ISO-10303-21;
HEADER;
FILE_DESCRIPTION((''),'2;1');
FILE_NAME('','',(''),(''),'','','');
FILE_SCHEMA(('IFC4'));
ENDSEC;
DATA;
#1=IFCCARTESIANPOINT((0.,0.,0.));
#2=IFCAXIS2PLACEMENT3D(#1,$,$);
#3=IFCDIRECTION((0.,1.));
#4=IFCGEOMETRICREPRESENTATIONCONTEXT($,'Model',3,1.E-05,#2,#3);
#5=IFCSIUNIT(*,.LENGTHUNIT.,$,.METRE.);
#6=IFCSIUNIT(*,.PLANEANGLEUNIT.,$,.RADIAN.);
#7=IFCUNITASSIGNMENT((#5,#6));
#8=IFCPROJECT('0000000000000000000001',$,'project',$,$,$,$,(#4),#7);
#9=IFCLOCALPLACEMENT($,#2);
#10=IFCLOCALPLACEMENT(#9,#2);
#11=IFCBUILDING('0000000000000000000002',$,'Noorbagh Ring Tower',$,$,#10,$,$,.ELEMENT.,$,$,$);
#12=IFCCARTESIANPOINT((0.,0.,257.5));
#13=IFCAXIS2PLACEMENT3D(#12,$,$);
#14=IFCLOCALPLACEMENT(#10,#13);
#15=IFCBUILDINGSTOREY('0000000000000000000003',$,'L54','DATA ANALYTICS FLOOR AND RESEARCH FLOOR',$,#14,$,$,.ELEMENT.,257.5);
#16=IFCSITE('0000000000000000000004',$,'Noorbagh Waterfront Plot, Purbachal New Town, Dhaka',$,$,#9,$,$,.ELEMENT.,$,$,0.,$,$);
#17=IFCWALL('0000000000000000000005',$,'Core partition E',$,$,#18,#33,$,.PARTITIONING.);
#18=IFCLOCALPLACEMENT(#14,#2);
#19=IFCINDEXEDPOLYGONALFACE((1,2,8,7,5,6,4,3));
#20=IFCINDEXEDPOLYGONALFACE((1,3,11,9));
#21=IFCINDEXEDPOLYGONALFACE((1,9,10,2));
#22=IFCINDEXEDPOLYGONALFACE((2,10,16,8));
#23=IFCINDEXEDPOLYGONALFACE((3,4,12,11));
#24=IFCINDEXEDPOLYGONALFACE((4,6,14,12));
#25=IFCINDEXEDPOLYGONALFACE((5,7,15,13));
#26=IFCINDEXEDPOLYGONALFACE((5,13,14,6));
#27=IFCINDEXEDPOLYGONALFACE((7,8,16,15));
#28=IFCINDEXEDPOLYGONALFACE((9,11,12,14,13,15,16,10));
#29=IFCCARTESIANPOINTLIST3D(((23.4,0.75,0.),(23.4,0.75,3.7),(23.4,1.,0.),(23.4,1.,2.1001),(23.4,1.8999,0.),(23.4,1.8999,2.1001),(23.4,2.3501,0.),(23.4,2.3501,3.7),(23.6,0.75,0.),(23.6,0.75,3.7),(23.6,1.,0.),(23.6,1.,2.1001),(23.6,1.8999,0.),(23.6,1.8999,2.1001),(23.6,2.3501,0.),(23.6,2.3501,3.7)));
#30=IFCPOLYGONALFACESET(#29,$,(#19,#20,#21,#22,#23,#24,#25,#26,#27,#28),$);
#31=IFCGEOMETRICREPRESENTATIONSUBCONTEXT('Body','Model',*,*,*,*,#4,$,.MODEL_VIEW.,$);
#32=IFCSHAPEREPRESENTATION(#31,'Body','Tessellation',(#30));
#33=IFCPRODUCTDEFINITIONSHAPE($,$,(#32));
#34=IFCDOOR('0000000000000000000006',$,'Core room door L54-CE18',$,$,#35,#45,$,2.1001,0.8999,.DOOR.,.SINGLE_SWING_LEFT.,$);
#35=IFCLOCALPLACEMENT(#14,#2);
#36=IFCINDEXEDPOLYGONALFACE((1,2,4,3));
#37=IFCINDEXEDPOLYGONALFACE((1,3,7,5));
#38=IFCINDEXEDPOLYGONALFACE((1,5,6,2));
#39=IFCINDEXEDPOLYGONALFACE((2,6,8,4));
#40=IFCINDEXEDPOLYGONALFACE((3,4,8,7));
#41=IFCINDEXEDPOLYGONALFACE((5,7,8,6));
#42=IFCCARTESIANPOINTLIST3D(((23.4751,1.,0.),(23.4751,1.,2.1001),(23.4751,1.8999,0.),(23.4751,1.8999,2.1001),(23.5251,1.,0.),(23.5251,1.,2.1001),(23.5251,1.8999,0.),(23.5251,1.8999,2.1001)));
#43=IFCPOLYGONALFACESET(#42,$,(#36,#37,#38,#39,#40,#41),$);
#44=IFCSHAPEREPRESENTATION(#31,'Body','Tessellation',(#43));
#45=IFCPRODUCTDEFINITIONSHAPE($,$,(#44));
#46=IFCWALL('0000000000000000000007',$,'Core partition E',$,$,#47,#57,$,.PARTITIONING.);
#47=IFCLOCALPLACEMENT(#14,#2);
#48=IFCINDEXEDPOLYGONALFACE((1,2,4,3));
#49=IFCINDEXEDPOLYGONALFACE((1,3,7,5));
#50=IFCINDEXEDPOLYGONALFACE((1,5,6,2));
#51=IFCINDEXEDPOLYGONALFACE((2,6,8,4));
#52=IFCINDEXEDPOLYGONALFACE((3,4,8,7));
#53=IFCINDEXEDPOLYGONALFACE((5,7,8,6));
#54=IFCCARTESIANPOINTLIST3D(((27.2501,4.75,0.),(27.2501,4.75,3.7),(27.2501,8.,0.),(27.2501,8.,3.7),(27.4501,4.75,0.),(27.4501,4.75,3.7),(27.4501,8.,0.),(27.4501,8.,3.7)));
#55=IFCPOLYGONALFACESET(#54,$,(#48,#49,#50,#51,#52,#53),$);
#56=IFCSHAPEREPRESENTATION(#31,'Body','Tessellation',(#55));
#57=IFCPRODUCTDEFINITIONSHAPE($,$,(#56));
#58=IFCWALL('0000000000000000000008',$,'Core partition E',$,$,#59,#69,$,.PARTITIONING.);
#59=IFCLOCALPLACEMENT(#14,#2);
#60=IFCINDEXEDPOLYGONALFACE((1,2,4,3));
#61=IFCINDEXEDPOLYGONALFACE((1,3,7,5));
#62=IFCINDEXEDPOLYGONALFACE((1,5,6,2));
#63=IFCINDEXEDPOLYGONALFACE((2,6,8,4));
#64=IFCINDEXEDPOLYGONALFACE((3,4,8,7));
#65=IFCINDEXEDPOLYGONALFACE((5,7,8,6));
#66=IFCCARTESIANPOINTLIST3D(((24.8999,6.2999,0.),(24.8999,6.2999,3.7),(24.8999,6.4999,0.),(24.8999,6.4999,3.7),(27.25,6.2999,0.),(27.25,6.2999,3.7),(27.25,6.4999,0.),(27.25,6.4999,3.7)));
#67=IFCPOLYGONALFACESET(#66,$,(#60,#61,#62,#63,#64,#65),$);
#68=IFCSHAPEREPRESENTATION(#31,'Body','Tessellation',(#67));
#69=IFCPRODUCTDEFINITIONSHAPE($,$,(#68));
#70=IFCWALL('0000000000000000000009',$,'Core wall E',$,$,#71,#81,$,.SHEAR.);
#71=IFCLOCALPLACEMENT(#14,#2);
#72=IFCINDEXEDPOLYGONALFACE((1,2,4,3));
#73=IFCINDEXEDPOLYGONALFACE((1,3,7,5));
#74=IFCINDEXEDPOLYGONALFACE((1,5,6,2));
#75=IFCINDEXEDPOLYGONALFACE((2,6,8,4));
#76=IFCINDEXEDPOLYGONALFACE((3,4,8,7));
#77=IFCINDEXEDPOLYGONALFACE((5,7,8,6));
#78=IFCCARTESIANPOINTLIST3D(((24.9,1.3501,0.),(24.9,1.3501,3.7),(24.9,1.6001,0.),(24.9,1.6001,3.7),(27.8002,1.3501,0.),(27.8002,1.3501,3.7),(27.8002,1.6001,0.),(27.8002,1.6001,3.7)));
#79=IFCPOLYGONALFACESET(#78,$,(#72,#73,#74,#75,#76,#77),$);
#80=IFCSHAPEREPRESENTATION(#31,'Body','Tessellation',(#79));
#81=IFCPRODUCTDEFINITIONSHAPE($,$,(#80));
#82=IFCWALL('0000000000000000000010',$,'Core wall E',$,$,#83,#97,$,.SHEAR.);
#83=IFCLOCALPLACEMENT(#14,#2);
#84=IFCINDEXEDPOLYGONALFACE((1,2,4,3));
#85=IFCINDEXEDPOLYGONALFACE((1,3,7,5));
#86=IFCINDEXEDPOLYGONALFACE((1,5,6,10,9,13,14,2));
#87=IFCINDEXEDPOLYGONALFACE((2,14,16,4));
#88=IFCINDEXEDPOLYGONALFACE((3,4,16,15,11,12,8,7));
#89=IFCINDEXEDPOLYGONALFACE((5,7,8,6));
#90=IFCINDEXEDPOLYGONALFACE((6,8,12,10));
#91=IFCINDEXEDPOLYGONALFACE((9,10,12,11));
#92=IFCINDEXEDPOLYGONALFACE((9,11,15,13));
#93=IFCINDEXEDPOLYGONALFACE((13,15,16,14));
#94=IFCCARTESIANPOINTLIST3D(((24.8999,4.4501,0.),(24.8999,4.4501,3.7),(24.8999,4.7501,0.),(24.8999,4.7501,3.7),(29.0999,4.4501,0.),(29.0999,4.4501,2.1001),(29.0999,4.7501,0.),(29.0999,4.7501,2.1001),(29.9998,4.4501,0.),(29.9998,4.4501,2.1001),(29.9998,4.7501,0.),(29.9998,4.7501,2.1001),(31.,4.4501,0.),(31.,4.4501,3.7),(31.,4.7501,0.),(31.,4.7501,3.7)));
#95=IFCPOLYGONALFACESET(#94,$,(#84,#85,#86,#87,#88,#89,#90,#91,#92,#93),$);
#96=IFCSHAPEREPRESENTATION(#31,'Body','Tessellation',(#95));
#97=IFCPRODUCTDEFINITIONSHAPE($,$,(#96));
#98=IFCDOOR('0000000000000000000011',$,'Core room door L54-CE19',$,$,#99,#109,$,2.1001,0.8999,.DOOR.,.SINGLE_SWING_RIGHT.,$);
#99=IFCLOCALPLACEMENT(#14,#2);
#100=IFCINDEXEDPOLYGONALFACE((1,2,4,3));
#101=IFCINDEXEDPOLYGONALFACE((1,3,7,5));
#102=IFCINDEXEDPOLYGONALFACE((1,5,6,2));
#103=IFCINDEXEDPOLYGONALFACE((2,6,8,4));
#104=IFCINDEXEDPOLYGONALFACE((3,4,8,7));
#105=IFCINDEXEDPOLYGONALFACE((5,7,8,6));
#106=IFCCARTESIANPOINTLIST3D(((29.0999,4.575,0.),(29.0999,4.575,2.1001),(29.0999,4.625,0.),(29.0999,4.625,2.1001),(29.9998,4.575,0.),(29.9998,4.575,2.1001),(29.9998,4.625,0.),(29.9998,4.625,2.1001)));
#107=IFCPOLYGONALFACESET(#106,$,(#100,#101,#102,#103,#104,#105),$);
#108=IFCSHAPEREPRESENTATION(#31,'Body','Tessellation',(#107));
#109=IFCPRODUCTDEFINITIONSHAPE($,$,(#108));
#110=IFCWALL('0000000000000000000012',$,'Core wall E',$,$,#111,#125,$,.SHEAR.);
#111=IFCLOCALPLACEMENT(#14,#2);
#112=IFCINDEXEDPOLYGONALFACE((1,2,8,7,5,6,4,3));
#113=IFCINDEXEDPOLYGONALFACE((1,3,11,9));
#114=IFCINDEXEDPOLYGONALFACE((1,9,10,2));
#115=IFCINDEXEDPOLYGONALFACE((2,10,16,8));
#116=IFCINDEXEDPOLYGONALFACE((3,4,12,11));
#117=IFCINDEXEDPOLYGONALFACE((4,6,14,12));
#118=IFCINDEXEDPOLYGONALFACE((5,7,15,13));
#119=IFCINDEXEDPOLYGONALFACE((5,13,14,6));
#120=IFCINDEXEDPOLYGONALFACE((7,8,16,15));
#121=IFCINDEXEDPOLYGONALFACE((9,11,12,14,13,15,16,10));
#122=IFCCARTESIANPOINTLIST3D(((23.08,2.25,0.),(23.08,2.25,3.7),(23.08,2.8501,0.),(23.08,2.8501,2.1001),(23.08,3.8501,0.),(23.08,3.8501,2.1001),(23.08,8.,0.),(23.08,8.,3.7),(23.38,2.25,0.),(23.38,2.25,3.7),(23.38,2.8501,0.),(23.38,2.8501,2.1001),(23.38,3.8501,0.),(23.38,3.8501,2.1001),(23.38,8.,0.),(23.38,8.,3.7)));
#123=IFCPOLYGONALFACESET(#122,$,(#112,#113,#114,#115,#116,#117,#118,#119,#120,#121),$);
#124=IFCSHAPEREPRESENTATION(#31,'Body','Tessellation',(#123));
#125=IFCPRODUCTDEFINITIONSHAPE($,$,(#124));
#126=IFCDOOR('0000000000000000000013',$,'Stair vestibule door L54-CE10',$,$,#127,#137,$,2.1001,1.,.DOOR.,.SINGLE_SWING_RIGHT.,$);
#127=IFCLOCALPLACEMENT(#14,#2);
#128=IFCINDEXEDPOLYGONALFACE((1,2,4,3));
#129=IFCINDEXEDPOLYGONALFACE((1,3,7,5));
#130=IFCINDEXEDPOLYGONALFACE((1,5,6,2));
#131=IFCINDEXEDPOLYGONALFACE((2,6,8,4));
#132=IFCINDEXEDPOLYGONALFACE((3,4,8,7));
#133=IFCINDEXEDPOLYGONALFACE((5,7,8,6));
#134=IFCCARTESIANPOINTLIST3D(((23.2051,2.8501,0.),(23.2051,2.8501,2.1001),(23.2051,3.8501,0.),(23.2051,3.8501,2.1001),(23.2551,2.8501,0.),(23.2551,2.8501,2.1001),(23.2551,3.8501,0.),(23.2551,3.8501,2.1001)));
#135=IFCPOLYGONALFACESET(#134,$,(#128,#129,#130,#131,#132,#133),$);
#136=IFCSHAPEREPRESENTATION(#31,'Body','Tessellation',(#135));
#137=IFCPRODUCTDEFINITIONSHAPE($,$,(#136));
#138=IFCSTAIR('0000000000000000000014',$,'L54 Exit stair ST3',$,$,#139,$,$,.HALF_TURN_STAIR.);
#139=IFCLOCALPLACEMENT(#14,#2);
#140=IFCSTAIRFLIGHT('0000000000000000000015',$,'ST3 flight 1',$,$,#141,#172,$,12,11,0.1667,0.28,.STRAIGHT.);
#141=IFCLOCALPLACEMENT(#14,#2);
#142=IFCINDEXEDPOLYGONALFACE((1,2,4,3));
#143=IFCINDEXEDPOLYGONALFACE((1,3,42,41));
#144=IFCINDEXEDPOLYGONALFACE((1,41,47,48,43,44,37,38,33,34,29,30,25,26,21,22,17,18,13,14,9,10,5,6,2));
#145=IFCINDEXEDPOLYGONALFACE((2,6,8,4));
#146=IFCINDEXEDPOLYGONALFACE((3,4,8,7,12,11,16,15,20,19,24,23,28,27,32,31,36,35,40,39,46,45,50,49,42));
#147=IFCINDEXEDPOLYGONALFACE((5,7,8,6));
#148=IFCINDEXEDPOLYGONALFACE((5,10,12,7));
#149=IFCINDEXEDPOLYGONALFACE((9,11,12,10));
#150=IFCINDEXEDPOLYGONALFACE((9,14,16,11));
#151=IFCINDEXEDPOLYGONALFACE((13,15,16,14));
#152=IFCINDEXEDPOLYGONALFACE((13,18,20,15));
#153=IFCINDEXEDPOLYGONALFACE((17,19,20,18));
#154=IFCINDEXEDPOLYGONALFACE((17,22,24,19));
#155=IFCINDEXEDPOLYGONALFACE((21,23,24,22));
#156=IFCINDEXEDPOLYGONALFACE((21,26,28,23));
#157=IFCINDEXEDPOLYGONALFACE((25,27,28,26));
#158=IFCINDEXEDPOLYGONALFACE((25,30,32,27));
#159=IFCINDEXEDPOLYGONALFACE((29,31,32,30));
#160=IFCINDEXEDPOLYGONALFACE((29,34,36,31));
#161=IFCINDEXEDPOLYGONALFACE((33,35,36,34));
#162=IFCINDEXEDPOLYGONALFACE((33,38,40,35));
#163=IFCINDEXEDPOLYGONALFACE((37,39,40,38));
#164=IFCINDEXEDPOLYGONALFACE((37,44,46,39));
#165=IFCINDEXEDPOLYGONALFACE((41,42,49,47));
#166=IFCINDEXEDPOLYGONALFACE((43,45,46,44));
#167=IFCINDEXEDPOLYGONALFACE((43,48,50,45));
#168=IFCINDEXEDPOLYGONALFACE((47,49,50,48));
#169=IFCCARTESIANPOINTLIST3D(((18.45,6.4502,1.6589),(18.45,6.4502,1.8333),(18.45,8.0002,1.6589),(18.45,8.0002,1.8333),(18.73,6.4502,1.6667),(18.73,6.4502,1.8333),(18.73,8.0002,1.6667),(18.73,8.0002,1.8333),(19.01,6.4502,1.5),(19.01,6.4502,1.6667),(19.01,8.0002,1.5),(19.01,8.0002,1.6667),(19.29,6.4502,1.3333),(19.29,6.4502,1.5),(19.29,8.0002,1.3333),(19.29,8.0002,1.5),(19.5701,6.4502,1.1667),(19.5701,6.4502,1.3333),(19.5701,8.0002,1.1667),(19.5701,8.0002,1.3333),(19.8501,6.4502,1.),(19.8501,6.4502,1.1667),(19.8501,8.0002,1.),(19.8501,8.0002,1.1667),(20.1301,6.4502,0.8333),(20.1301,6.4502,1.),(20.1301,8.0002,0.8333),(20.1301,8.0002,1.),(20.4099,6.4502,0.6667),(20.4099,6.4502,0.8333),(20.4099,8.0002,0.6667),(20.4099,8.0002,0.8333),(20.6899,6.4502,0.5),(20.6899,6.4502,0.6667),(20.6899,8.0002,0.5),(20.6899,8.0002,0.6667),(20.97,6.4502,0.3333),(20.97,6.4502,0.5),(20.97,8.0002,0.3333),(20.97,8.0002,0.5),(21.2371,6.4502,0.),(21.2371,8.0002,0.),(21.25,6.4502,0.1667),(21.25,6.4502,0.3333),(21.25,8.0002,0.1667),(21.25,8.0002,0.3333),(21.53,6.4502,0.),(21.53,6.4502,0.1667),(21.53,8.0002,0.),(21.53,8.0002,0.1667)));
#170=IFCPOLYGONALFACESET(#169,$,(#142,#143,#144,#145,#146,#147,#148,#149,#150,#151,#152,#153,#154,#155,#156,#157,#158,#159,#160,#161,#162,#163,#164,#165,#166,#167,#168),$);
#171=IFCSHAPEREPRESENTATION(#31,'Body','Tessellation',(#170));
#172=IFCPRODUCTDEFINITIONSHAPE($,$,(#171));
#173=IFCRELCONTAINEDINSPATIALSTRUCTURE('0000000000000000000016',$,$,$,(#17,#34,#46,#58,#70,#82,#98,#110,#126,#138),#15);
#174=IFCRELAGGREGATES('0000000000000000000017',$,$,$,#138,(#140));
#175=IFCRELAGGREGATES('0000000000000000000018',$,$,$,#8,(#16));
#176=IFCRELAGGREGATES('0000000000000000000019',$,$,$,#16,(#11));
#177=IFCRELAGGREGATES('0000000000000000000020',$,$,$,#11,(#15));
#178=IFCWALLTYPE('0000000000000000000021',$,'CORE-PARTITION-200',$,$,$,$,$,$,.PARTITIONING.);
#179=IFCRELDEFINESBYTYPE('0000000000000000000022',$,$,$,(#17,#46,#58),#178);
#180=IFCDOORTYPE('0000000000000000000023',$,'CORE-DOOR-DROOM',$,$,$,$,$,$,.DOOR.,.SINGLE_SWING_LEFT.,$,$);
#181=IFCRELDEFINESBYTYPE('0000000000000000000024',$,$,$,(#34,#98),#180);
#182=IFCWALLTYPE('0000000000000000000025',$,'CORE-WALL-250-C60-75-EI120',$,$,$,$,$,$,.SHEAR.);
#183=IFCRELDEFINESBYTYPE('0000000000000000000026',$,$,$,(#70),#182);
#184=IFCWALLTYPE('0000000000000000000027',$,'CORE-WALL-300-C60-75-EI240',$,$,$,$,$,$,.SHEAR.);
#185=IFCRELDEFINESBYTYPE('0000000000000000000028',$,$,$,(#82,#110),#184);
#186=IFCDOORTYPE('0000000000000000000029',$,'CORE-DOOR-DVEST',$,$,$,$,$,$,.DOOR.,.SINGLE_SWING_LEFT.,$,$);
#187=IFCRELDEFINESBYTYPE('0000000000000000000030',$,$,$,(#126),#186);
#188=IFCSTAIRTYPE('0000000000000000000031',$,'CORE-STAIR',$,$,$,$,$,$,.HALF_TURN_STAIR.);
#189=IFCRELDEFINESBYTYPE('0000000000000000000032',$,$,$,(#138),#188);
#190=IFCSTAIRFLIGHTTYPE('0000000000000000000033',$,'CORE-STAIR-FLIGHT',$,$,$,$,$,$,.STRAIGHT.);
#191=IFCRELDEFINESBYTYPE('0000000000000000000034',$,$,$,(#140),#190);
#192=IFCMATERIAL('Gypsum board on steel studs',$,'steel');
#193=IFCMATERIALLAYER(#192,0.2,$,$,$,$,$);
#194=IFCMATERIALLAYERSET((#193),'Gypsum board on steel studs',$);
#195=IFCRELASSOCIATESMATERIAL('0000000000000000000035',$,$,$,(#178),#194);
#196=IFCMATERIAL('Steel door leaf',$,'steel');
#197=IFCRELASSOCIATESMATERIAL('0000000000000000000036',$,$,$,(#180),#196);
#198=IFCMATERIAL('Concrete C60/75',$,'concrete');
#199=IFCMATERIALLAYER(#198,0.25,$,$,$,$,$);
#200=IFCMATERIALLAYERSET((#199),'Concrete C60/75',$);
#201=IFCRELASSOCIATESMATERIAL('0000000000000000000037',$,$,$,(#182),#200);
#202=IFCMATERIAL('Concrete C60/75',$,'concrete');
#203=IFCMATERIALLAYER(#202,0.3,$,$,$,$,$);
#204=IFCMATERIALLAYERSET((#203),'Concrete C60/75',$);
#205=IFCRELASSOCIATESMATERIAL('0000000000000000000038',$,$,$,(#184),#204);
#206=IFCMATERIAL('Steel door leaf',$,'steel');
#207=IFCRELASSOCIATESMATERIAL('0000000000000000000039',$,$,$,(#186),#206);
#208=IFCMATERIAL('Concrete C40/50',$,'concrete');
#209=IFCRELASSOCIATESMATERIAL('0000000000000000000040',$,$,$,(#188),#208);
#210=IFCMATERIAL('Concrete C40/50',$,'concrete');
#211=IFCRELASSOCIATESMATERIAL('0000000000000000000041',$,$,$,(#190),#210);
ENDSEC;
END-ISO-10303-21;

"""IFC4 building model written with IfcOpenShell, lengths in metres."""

from ifc_helpers import new_model, si_unit, direction, frame, frame_2d, origin, place, context, subcontext, project, spatial, polyline, rectangle, outline, extrude, material, layer, layer_set, type_object, element, fill, aggregate, save


model = new_model("IFC4")

# Units and contexts
model_context = context("Model", 3, precision=1e-05, world=origin(), true_north=direction((0.0, 1.0)))
body_context = subcontext(model_context, "Body", "Model", "MODEL_VIEW")
ifc_project = project(units=[si_unit("LENGTHUNIT", "METRE"), si_unit("PLANEANGLEUNIT", "RADIAN")], contexts=[model_context])

# Site, building, storey
site_placement = place(None, origin())
site = spatial("IfcSite", under=ifc_project, at=site_placement, Name="Noorbagh Waterfront Plot, Purbachal New Town, Dhaka", CompositionType="ELEMENT", RefElevation=0.0)
building_placement = place(site_placement, origin())
building = spatial("IfcBuilding", under=site, at=building_placement, Name="Noorbagh Ring Tower", CompositionType="ELEMENT")
storey_placement = place(building_placement, frame((0.0, 0.0, 257.5)))
storey = spatial("IfcBuildingStorey", under=building, at=storey_placement, Name="L54", Description="DATA ANALYTICS FLOOR AND RESEARCH FLOOR", CompositionType="ELEMENT", Elevation=257.5)

# Shared definitions
ifc_material_1 = material(Name="Gypsum board on steel studs", Category="steel")
ifc_layer_1 = layer(ifc_material_1, 0.2)
ifc_layer_set_1 = layer_set([ifc_layer_1], Name="Gypsum board on steel studs")
wall_type_1 = type_object("IfcWallType", Name="CORE-PARTITION-200", PredefinedType="PARTITIONING", material=ifc_layer_set_1)

# Wall, opening, door
wall_1_placement = place(storey_placement, frame((23.5, 0.75, 0.0), z_axis=(0.0, 0.0, 1.0), x_axis=(0.0, 1.0, 0.0)))
wall_1 = element("IfcWall", 1, at=wall_1_placement, inside=storey, type_object=wall_type_1, Name="Core partition E", PredefinedType="PARTITIONING", context=body_context, shape_type="SweptSolid", body=[
    extrude(rectangle(XDim=1.6001, YDim=0.2, at=frame_2d((0.8, 0.0))), origin(), (0.0, 0.0, 1.0), 3.7),
])
opening_1_placement = place(wall_1_placement, frame((0.25, 0.0, 0.0)))
opening_1 = element("IfcOpeningElement", 2, at=opening_1_placement, cuts=wall_1, PredefinedType="OPENING", context=body_context, shape_type="SweptSolid", body=[
    extrude(rectangle(XDim=0.8999, YDim=2.1001, at=frame_2d((0.45, 1.05))), frame((0.0, 0.1099, 0.0), z_axis=(0.0, -1.0, 0.0), x_axis=(1.0, 0.0, 0.0)), (0.0, 0.0, 1.0), 0.22),
])
ifc_material_2 = material(Name="Steel door leaf", Category="steel")
door_type_1 = type_object("IfcDoorType", Name="CORE-DOOR-DROOM", OperationType="SINGLE_SWING_LEFT", PredefinedType="DOOR", material=ifc_material_2)
door_1_placement = place(opening_1_placement, origin())
door_1 = element("IfcDoor", 3, at=door_1_placement, inside=storey, type_object=door_type_1, Name="Core room door L54-CE18", OperationType="SINGLE_SWING_LEFT", OverallHeight=2.1001, OverallWidth=0.8999, PredefinedType="DOOR", context=body_context, shape_type="SweptSolid", body=[
    extrude(rectangle(XDim=0.8999, YDim=2.1001, at=frame_2d((0.45, 1.05))), frame((0.0, 0.0249, 0.0), z_axis=(0.0, -1.0, 0.0), x_axis=(1.0, 0.0, 0.0)), (0.0, 0.0, 1.0), 0.05),
])
fill(opening_1, door_1)

# Walls
wall_2_placement = place(storey_placement, frame((27.3501, 4.75, 0.0), z_axis=(0.0, 0.0, 1.0), x_axis=(0.0, 1.0, 0.0)))
element("IfcWall", 4, at=wall_2_placement, inside=storey, type_object=wall_type_1, Name="Core partition E", PredefinedType="PARTITIONING", context=body_context, shape_type="SweptSolid", body=[
    extrude(rectangle(XDim=3.25, YDim=0.2, at=frame_2d((1.625, 0.0))), origin(), (0.0, 0.0, 1.0), 3.7),
])
wall_3_placement = place(storey_placement, frame((24.8999, 6.3999, 0.0), z_axis=(0.0, 0.0, 1.0), x_axis=(1.0, 0.0, 0.0)))
element("IfcWall", 5, at=wall_3_placement, inside=storey, type_object=wall_type_1, Name="Core partition E", PredefinedType="PARTITIONING", context=body_context, shape_type="SweptSolid", body=[
    extrude(rectangle(XDim=2.3501, YDim=0.2, at=frame_2d((1.175, 0.0))), origin(), (0.0, 0.0, 1.0), 3.7),
])
ifc_material_3 = material(Name="Concrete C60/75", Category="concrete")
ifc_layer_2 = layer(ifc_material_3, 0.25)
ifc_layer_set_2 = layer_set([ifc_layer_2], Name="Concrete C60/75")
wall_type_2 = type_object("IfcWallType", Name="CORE-WALL-250-C60-75-EI120", PredefinedType="SHEAR", material=ifc_layer_set_2)
wall_4_placement = place(storey_placement, frame((24.8999, 1.4751, 0.0), z_axis=(0.0, 0.0, 1.0), x_axis=(1.0, 0.0, 0.0)))
element("IfcWall", 6, at=wall_4_placement, inside=storey, type_object=wall_type_2, Name="Core wall E", PredefinedType="SHEAR", context=body_context, shape_type="SweptSolid", body=[
    extrude(rectangle(XDim=2.9001, YDim=0.25, at=frame_2d((1.4502, 0.0))), origin(), (0.0, 0.0, 1.0), 3.7),
])

# Walls, openings, doors
ifc_material_4 = material(Name="Concrete C60/75", Category="concrete")
ifc_layer_3 = layer(ifc_material_4, 0.3)
ifc_layer_set_3 = layer_set([ifc_layer_3], Name="Concrete C60/75")
wall_type_3 = type_object("IfcWallType", Name="CORE-WALL-300-C60-75-EI240", PredefinedType="SHEAR", material=ifc_layer_set_3)
wall_5_placement = place(storey_placement, frame((24.8999, 4.6001, 0.0), z_axis=(0.0, 0.0, 1.0), x_axis=(1.0, 0.0, 0.0)))
wall_5 = element("IfcWall", 7, at=wall_5_placement, inside=storey, type_object=wall_type_3, Name="Core wall E", PredefinedType="SHEAR", context=body_context, shape_type="SweptSolid", body=[
    extrude(rectangle(XDim=6.1001, YDim=0.3, at=frame_2d((3.05, 0.0))), origin(), (0.0, 0.0, 1.0), 3.7),
])
opening_2_placement = place(wall_5_placement, frame((4.2, 0.0, 0.0)))
opening_2 = element("IfcOpeningElement", 8, at=opening_2_placement, cuts=wall_5, PredefinedType="OPENING", context=body_context, shape_type="SweptSolid", body=[
    extrude(rectangle(XDim=0.8999, YDim=2.1001, at=frame_2d((0.45, 1.05))), frame((0.0, 0.1602, 0.0), z_axis=(0.0, -1.0, 0.0), x_axis=(1.0, 0.0, 0.0)), (0.0, 0.0, 1.0), 0.3201),
])
door_2_placement = place(opening_2_placement, origin())
door_2 = element("IfcDoor", 9, at=door_2_placement, inside=storey, type_object=door_type_1, Name="Core room door L54-CE19", OperationType="SINGLE_SWING_RIGHT", OverallHeight=2.1001, OverallWidth=0.8999, PredefinedType="DOOR", context=body_context, shape_type="SweptSolid", body=[
    extrude(rectangle(XDim=0.8999, YDim=2.1001, at=frame_2d((0.45, 1.05))), frame((0.0, 0.0249, 0.0), z_axis=(0.0, -1.0, 0.0), x_axis=(1.0, 0.0, 0.0)), (0.0, 0.0, 1.0), 0.05),
])
fill(opening_2, door_2)
wall_6_placement = place(storey_placement, frame((23.23, 2.25, 0.0), z_axis=(0.0, 0.0, 1.0), x_axis=(0.0, 1.0, 0.0)))
wall_6 = element("IfcWall", 10, at=wall_6_placement, inside=storey, type_object=wall_type_3, Name="Core wall E", PredefinedType="SHEAR", context=body_context, shape_type="SweptSolid", body=[
    extrude(rectangle(XDim=5.75, YDim=0.3, at=frame_2d((2.875, 0.0))), origin(), (0.0, 0.0, 1.0), 3.7),
])
opening_3_placement = place(wall_6_placement, frame((0.6001, 0.0, 0.0)))
opening_3 = element("IfcOpeningElement", 11, at=opening_3_placement, cuts=wall_6, PredefinedType="OPENING", context=body_context, shape_type="SweptSolid", body=[
    extrude(rectangle(XDim=1.0, YDim=2.1001, at=frame_2d((0.5, 1.05))), frame((0.0, 0.1602, 0.0), z_axis=(0.0, -1.0, 0.0), x_axis=(1.0, 0.0, 0.0)), (0.0, 0.0, 1.0), 0.3201),
])
ifc_material_5 = material(Name="Steel door leaf", Category="steel")
door_type_2 = type_object("IfcDoorType", Name="CORE-DOOR-DVEST", OperationType="SINGLE_SWING_LEFT", PredefinedType="DOOR", material=ifc_material_5)
door_3_placement = place(opening_3_placement, origin())
door_3 = element("IfcDoor", 12, at=door_3_placement, inside=storey, type_object=door_type_2, Name="Stair vestibule door L54-CE10", OperationType="SINGLE_SWING_RIGHT", OverallHeight=2.1001, OverallWidth=1.0, PredefinedType="DOOR", context=body_context, shape_type="SweptSolid", body=[
    extrude(rectangle(XDim=1.0, YDim=2.1001, at=frame_2d((0.5, 1.05))), frame((0.0, 0.0249, 0.0), z_axis=(0.0, -1.0, 0.0), x_axis=(1.0, 0.0, 0.0)), (0.0, 0.0, 1.0), 0.05),
])
fill(opening_3, door_3)

# Stair, stair flight
ifc_material_6 = material(Name="Concrete C40/50", Category="concrete")
stair_type = type_object("IfcStairType", Name="CORE-STAIR", PredefinedType="HALF_TURN_STAIR", material=ifc_material_6)
stair_placement = place(storey_placement, origin())
stair = element("IfcStair", 13, at=stair_placement, inside=storey, type_object=stair_type, Name="L54 Exit stair ST3", PredefinedType="HALF_TURN_STAIR")
ifc_material_7 = material(Name="Concrete C40/50", Category="concrete")
stair_flight_type = type_object("IfcStairFlightType", Name="CORE-STAIR-FLIGHT", PredefinedType="STRAIGHT", material=ifc_material_7)
stair_flight_placement = place(storey_placement, frame((21.53, 7.2251, 0.0), z_axis=(0.0, 0.0, 1.0), x_axis=(-1.0, 0.0, 0.0)))
stair_flight = element("IfcStairFlight", 14, at=stair_flight_placement, type_object=stair_flight_type, Name="ST3 flight 1", NumberOfRisers=12, NumberOfTreads=11, PredefinedType="STRAIGHT", RiserHeight=0.1667, TreadLength=0.28, context=body_context, shape_type="SweptSolid", body=[
    extrude(outline(polyline([(0.0, 0.0), (0.0, 0.1667), (0.28, 0.1667), (0.28, 0.3333), (0.5601, 0.3333), (0.5601, 0.5), (0.8401, 0.5), (0.8401, 0.6667), (1.1201, 0.6667), (1.1201, 0.8333), (1.3999, 0.8333), (1.3999, 1.0), (1.6799, 1.0), (1.6799, 1.1667), (1.96, 1.1667), (1.96, 1.3333), (2.24, 1.3333), (2.24, 1.5), (2.52, 1.5), (2.52, 1.6667), (2.8, 1.6667), (2.8, 1.8333), (3.0801, 1.8333), (3.0801, 2.0), (3.0801, 1.6589), (0.293, 0.0), (0.0, 0.0)])), frame((0.0, 0.7749, 0.0), z_axis=(0.0, -1.0, 0.0), x_axis=(1.0, 0.0, 0.0)), (0.0, 0.0, 1.0), 1.55),
])
aggregate(stair, [stair_flight])

save(model, "model.ifc")
